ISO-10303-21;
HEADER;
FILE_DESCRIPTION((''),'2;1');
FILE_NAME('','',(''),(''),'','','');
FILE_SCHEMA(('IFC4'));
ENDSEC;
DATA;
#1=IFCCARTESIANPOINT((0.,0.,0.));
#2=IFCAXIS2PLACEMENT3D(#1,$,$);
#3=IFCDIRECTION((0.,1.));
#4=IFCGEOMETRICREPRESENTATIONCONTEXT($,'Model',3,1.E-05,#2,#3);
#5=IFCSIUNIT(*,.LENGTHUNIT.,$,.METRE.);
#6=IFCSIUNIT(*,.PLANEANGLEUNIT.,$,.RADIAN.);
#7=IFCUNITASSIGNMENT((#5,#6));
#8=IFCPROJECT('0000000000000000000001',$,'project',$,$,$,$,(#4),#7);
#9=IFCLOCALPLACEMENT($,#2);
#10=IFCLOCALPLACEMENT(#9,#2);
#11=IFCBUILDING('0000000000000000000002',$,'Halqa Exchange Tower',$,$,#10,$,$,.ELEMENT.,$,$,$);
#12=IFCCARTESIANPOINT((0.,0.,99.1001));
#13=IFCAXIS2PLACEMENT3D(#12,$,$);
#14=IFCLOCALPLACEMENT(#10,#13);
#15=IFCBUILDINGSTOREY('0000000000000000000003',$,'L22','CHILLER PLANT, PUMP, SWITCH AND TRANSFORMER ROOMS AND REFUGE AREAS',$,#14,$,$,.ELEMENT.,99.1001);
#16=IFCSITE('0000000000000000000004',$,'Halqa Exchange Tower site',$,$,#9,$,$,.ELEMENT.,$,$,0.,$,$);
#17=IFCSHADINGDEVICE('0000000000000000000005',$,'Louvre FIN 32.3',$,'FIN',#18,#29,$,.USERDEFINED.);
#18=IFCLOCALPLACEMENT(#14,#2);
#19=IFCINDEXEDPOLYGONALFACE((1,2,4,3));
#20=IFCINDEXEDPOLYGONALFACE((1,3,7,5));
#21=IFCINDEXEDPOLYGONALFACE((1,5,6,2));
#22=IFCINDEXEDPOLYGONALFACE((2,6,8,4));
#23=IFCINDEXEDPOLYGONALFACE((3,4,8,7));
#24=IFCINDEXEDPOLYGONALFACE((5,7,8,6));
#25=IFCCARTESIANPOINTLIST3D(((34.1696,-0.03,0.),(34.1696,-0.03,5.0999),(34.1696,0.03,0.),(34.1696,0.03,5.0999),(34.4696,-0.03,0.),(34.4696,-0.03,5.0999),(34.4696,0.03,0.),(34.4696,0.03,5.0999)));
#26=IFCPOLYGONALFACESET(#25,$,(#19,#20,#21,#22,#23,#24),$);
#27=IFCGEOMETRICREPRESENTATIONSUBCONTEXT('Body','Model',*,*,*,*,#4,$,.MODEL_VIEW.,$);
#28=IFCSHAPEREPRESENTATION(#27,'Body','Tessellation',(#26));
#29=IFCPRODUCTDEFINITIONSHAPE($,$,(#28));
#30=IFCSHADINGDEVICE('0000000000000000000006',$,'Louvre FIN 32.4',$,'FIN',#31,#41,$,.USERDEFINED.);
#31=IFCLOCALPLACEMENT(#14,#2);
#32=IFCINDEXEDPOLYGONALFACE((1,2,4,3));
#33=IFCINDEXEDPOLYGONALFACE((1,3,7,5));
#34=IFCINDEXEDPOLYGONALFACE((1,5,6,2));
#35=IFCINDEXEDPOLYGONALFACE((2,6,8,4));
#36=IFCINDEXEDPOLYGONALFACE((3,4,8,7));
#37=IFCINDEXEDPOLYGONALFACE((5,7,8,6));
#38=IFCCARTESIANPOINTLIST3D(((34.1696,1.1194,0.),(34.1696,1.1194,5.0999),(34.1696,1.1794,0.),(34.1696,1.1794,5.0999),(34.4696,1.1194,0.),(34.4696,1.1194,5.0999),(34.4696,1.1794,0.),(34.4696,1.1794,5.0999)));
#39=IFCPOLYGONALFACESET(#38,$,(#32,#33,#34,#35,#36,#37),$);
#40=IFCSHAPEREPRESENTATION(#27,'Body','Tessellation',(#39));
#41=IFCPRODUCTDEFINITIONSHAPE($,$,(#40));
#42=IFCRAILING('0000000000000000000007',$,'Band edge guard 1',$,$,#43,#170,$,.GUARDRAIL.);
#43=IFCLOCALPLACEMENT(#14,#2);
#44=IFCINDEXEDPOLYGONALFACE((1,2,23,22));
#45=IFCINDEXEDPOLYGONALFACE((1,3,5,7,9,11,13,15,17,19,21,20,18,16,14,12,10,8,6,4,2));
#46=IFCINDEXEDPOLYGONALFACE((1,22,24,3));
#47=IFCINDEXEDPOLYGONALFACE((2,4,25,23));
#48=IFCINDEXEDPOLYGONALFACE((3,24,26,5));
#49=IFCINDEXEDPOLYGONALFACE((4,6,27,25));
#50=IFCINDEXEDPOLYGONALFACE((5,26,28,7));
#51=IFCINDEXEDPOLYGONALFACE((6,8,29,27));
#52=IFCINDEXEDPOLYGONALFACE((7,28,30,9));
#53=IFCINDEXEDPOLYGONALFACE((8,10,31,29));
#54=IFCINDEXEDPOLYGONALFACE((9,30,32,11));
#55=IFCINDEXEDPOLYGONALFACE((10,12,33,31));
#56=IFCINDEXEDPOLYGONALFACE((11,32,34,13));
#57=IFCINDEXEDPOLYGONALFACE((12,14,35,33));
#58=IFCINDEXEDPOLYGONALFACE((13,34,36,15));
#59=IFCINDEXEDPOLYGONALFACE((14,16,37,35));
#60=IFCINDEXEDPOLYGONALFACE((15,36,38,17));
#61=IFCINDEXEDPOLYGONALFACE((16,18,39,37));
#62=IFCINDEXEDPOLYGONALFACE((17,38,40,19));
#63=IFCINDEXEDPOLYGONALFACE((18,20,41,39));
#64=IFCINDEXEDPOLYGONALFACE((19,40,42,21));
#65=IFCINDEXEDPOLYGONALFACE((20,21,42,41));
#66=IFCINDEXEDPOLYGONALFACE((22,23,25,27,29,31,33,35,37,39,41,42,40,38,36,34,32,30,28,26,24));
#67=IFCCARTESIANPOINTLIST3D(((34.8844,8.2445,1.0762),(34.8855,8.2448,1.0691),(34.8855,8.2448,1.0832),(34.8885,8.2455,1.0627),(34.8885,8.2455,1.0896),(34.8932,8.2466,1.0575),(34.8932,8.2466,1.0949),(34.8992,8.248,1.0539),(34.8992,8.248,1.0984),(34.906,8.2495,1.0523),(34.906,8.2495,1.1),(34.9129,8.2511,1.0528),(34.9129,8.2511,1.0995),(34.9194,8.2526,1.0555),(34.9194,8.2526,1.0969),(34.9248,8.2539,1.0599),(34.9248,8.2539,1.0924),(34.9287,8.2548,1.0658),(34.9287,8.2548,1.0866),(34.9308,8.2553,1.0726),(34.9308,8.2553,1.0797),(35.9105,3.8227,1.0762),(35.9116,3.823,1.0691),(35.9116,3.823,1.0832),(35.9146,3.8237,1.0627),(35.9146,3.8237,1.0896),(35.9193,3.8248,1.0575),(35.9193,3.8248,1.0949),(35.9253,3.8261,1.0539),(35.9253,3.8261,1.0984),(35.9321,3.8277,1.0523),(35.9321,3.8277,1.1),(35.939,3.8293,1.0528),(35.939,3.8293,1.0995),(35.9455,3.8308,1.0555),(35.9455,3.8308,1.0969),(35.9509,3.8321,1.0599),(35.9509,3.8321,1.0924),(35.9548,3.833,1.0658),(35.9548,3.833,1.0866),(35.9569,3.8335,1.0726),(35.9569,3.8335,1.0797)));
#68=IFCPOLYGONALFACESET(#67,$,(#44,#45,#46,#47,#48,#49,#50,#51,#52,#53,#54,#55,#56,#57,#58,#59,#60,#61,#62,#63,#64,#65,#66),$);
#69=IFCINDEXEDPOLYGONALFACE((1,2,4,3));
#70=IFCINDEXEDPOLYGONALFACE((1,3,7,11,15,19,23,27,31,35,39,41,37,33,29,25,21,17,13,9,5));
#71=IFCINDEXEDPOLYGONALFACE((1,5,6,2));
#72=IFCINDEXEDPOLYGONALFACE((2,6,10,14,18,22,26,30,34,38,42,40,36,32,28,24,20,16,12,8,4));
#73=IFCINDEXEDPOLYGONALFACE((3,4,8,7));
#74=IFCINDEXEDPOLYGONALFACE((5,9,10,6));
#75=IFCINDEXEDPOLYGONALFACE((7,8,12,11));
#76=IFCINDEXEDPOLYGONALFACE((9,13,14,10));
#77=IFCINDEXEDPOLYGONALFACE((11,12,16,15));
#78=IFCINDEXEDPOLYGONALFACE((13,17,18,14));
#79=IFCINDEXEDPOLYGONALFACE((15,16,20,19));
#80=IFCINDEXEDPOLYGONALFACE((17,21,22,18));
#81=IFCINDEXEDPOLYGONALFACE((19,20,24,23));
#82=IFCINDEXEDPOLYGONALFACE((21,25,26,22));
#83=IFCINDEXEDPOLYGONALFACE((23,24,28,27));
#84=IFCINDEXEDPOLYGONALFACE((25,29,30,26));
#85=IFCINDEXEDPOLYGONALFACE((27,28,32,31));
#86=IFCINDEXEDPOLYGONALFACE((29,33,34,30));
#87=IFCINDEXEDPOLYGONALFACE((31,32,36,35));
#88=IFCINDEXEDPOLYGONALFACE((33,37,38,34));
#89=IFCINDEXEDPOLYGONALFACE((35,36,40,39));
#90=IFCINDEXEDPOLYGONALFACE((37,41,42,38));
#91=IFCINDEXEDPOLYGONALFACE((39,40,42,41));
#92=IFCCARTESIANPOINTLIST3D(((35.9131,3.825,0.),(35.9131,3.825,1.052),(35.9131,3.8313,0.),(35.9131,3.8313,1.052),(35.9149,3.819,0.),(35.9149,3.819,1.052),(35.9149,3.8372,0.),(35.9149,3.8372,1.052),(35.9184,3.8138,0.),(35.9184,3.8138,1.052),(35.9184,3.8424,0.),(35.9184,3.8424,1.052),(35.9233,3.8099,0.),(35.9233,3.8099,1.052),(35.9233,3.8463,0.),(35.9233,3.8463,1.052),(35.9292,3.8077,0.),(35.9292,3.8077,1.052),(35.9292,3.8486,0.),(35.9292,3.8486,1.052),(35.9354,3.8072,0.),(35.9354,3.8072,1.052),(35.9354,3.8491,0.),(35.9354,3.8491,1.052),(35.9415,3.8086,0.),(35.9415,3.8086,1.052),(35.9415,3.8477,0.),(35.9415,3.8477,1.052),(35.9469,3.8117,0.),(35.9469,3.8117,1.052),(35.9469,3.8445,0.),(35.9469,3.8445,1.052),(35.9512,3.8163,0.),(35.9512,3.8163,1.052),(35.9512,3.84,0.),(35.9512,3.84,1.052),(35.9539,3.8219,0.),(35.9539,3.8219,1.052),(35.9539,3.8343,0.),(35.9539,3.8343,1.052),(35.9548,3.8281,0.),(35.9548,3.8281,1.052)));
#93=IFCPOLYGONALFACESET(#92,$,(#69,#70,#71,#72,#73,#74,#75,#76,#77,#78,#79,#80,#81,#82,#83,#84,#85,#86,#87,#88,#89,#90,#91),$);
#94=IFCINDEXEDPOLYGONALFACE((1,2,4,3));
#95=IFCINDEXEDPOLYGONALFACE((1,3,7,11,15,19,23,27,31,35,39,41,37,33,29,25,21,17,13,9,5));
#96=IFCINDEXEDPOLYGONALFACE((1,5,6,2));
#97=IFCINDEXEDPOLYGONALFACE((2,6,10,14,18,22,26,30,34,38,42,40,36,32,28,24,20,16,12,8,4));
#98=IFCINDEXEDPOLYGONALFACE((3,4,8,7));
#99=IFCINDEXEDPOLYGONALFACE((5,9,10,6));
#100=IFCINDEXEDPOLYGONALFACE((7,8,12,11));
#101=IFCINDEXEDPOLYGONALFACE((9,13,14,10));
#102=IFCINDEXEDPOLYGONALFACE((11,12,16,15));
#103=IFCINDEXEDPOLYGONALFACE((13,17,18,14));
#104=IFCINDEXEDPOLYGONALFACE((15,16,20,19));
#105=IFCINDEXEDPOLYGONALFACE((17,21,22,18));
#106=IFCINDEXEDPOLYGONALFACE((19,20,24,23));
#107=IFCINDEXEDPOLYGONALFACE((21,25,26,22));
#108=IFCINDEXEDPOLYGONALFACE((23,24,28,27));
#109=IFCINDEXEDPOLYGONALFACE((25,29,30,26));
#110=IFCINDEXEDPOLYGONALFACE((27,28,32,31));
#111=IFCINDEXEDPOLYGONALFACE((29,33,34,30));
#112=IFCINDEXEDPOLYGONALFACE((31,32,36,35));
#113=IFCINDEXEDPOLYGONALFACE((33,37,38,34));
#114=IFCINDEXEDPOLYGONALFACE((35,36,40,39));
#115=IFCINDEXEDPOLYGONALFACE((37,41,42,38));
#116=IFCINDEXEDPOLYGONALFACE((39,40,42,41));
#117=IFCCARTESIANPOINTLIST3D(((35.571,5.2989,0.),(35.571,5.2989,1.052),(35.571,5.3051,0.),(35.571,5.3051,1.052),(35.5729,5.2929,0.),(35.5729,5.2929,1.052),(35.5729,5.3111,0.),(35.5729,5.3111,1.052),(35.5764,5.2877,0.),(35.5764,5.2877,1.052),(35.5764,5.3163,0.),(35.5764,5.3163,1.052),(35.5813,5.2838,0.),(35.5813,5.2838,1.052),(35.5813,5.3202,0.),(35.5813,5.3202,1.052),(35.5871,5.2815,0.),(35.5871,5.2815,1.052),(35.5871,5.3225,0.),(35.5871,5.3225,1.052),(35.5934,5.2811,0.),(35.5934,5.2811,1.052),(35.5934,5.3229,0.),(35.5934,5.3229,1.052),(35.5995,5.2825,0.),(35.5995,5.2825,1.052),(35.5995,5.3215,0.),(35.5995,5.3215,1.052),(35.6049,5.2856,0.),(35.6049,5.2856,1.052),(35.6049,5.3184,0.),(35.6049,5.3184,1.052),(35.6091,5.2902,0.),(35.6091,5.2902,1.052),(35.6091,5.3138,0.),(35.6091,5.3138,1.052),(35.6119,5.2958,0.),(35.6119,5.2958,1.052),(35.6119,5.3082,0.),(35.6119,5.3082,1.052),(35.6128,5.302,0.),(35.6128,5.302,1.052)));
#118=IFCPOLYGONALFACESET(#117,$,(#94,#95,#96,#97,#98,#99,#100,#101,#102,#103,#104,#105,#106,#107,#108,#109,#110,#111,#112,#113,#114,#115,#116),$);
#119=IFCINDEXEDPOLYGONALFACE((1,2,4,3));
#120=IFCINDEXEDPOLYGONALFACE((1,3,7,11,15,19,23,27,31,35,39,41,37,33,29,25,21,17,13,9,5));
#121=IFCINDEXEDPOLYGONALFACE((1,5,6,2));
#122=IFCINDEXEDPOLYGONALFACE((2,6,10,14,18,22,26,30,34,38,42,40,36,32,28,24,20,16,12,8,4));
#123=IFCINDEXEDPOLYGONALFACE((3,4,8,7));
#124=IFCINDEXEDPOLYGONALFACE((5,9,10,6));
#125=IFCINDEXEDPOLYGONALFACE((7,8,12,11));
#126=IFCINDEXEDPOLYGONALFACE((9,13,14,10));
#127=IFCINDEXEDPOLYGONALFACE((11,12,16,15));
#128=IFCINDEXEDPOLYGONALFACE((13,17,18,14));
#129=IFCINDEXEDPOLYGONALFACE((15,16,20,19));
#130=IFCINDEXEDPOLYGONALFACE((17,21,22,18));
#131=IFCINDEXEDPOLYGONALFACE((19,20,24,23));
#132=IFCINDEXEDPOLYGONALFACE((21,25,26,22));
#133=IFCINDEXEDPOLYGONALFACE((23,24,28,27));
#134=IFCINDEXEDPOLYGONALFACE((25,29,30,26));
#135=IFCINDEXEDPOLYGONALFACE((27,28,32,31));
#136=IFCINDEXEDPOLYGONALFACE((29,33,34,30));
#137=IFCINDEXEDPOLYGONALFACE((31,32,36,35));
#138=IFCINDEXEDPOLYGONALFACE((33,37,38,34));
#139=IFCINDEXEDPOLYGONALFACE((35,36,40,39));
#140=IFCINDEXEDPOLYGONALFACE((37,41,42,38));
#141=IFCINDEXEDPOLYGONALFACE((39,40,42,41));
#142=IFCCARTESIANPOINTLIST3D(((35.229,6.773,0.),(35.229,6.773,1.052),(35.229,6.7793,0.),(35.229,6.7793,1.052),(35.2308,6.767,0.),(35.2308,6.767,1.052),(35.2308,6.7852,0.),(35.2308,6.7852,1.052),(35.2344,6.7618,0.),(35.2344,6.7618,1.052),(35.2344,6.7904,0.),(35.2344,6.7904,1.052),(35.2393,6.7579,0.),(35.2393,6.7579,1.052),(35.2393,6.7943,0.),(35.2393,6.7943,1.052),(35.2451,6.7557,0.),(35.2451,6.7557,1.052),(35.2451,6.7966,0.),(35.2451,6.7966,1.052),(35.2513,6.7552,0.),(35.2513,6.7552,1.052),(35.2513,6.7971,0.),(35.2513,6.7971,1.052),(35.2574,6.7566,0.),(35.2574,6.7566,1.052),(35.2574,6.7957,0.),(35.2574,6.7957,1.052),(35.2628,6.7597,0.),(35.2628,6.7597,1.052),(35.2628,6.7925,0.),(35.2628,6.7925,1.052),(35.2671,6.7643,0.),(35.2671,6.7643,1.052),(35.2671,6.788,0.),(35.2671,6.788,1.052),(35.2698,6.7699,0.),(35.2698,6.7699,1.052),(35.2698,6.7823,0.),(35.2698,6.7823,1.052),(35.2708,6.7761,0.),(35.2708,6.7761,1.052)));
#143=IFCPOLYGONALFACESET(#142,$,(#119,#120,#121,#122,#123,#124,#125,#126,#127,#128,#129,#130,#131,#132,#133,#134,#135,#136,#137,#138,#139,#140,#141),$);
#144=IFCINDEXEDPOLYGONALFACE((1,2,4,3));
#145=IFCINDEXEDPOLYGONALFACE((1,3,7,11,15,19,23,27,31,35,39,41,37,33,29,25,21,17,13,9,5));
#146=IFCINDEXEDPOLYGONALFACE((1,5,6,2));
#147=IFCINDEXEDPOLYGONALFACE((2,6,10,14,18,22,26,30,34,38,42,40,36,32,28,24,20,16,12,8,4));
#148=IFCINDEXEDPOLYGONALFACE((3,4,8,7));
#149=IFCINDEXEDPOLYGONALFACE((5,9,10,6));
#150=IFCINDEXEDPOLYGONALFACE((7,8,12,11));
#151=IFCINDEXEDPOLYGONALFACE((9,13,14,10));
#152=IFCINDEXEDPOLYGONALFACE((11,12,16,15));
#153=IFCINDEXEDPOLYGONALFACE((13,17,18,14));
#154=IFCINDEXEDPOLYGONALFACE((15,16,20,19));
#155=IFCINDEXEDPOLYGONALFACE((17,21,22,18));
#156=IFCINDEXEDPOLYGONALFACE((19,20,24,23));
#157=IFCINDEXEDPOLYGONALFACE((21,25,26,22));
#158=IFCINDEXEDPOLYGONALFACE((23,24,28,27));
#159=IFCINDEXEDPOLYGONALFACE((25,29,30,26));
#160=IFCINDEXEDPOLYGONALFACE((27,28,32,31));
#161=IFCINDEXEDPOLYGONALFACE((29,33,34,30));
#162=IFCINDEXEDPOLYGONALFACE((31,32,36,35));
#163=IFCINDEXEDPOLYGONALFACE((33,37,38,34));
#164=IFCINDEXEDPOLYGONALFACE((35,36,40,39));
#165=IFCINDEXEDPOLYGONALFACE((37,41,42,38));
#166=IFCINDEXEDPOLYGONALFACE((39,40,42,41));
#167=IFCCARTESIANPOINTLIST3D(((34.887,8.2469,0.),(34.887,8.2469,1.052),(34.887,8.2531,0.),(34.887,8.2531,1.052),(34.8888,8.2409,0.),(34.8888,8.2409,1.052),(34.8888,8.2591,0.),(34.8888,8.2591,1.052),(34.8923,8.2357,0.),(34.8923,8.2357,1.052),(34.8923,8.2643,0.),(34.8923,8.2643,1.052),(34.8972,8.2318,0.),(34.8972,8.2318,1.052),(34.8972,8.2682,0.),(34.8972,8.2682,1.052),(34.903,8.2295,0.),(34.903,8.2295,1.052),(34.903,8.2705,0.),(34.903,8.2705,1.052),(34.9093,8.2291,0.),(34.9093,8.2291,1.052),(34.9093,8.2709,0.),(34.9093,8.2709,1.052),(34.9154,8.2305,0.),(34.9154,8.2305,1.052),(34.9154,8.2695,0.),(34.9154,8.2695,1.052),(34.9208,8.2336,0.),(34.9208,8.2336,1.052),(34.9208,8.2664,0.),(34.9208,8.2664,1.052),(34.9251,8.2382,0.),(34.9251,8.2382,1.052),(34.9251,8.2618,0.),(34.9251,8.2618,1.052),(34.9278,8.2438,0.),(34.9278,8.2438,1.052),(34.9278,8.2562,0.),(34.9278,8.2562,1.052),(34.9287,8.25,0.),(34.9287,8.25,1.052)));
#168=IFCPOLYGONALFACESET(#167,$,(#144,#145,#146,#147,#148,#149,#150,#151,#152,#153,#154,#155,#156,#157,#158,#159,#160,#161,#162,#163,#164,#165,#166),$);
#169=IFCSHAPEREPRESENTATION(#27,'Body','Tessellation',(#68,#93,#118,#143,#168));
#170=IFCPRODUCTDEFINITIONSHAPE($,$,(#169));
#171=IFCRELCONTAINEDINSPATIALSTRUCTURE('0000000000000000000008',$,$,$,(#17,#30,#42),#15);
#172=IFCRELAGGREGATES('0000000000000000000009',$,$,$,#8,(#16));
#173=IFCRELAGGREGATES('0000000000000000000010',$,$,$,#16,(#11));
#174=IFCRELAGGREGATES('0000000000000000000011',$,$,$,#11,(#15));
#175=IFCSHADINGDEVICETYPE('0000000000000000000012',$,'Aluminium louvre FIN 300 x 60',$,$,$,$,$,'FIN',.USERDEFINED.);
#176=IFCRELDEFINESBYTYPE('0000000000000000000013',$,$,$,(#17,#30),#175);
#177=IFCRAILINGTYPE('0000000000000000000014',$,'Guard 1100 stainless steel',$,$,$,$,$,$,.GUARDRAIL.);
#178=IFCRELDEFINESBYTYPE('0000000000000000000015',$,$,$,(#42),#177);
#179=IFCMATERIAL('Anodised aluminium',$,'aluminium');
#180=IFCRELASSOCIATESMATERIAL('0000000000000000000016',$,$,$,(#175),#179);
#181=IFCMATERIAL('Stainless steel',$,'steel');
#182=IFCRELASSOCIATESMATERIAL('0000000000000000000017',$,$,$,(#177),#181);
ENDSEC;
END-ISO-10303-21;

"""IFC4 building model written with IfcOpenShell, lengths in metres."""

from ifc_helpers import new_model, si_unit, direction, frame, origin, origin_2d, place, context, subcontext, project, spatial, rectangle, circle, extrude, material, material_profile, profile_set, type_object, element, save


model = new_model("IFC4")

# Units and contexts
model_context = context("Model", 3, precision=1e-05, world=origin(), true_north=direction((0.0, 1.0)))
body_context = subcontext(model_context, "Body", "Model", "MODEL_VIEW")
ifc_project = project(units=[si_unit("LENGTHUNIT", "METRE"), si_unit("PLANEANGLEUNIT", "RADIAN")], contexts=[model_context])

# Site, building, storey
site_placement = place(None, origin())
site = spatial("IfcSite", under=ifc_project, at=site_placement, Name="Halqa Exchange Tower site", CompositionType="ELEMENT", RefElevation=0.0)
building_placement = place(site_placement, origin())
building = spatial("IfcBuilding", under=site, at=building_placement, Name="Halqa Exchange Tower", CompositionType="ELEMENT")
storey_placement = place(building_placement, frame((0.0, 0.0, 99.1001)))
storey = spatial("IfcBuildingStorey", under=building, at=storey_placement, Name="L22", Description="CHILLER PLANT, PUMP, SWITCH AND TRANSFORMER ROOMS AND REFUGE AREAS", CompositionType="ELEMENT", Elevation=99.1001)

# Shading devices
ifc_material_1 = material(Name="Anodised aluminium", Category="aluminium")
ifc_material_profile_1 = material_profile(ifc_material_1, rectangle(XDim=0.3, YDim=0.0601, at=origin_2d()), Name="AL FIN 300x60")
ifc_profile_set_1 = profile_set([ifc_material_profile_1], Name="Anodised aluminium")
shading_device_type = type_object("IfcShadingDeviceType", Name="Aluminium louvre FIN 300 x 60", ElementType="FIN", PredefinedType="USERDEFINED", material=ifc_profile_set_1)
for number, where, z_axis, x_axis, name in (
    (1, (34.3196, 0.0, 0.0), (0.0, 0.0, 1.0), (-1.0, 0.0, 0.0), "Louvre FIN 32.3"),
    (2, (34.3196, 1.1494, 0.0), (0.0, 0.0, 1.0), (-1.0, 0.0, 0.0), "Louvre FIN 32.4"),
):
    element("IfcShadingDevice", number, at=place(storey_placement, frame(where, z_axis=z_axis, x_axis=x_axis)), inside=storey, type_object=shading_device_type, Name=name, ObjectType="FIN", PredefinedType="USERDEFINED", context=body_context, shape_type="SweptSolid", body=[
        extrude(rectangle(XDim=0.3, YDim=0.0601, at=origin_2d()), origin(), (0.0, 0.0, 1.0), 5.0999),
    ])

# Railing
ifc_material_2 = material(Name="Stainless steel", Category="steel")
railing_type = type_object("IfcRailingType", Name="Guard 1100 stainless steel", PredefinedType="GUARDRAIL", material=ifc_material_2)
railing_1_placement = place(storey_placement, frame((35.9338, 3.8281, 0.0)))
element("IfcRailing", 3, at=railing_1_placement, inside=storey, type_object=railing_type, Name="Band edge guard 1", PredefinedType="GUARDRAIL", context=body_context, shape_type="SweptSolid", body=[
    extrude(circle(Radius=0.0239, at=origin_2d()), frame((0.0, 0.0, 1.0762), z_axis=(-0.22605, 0.974116, 0.0), x_axis=(-0.974116, -0.22605, 0.0)), (0.0, 0.0, 1.0), 4.5393),
    extrude(circle(Radius=0.021, at=origin_2d()), origin(), (0.0, 0.0, 1.0), 1.052),
    extrude(circle(Radius=0.021, at=origin_2d()), frame((-0.342, 1.4739, 0.0)), (0.0, 0.0, 1.0), 1.052),
    extrude(circle(Radius=0.021, at=origin_2d()), frame((-0.6841, 2.948, 0.0)), (0.0, 0.0, 1.0), 1.052),
    extrude(circle(Radius=0.021, at=origin_2d()), frame((-1.0261, 4.4219, 0.0)), (0.0, 0.0, 1.0), 1.052),
])

save(model, "model.ifc")
